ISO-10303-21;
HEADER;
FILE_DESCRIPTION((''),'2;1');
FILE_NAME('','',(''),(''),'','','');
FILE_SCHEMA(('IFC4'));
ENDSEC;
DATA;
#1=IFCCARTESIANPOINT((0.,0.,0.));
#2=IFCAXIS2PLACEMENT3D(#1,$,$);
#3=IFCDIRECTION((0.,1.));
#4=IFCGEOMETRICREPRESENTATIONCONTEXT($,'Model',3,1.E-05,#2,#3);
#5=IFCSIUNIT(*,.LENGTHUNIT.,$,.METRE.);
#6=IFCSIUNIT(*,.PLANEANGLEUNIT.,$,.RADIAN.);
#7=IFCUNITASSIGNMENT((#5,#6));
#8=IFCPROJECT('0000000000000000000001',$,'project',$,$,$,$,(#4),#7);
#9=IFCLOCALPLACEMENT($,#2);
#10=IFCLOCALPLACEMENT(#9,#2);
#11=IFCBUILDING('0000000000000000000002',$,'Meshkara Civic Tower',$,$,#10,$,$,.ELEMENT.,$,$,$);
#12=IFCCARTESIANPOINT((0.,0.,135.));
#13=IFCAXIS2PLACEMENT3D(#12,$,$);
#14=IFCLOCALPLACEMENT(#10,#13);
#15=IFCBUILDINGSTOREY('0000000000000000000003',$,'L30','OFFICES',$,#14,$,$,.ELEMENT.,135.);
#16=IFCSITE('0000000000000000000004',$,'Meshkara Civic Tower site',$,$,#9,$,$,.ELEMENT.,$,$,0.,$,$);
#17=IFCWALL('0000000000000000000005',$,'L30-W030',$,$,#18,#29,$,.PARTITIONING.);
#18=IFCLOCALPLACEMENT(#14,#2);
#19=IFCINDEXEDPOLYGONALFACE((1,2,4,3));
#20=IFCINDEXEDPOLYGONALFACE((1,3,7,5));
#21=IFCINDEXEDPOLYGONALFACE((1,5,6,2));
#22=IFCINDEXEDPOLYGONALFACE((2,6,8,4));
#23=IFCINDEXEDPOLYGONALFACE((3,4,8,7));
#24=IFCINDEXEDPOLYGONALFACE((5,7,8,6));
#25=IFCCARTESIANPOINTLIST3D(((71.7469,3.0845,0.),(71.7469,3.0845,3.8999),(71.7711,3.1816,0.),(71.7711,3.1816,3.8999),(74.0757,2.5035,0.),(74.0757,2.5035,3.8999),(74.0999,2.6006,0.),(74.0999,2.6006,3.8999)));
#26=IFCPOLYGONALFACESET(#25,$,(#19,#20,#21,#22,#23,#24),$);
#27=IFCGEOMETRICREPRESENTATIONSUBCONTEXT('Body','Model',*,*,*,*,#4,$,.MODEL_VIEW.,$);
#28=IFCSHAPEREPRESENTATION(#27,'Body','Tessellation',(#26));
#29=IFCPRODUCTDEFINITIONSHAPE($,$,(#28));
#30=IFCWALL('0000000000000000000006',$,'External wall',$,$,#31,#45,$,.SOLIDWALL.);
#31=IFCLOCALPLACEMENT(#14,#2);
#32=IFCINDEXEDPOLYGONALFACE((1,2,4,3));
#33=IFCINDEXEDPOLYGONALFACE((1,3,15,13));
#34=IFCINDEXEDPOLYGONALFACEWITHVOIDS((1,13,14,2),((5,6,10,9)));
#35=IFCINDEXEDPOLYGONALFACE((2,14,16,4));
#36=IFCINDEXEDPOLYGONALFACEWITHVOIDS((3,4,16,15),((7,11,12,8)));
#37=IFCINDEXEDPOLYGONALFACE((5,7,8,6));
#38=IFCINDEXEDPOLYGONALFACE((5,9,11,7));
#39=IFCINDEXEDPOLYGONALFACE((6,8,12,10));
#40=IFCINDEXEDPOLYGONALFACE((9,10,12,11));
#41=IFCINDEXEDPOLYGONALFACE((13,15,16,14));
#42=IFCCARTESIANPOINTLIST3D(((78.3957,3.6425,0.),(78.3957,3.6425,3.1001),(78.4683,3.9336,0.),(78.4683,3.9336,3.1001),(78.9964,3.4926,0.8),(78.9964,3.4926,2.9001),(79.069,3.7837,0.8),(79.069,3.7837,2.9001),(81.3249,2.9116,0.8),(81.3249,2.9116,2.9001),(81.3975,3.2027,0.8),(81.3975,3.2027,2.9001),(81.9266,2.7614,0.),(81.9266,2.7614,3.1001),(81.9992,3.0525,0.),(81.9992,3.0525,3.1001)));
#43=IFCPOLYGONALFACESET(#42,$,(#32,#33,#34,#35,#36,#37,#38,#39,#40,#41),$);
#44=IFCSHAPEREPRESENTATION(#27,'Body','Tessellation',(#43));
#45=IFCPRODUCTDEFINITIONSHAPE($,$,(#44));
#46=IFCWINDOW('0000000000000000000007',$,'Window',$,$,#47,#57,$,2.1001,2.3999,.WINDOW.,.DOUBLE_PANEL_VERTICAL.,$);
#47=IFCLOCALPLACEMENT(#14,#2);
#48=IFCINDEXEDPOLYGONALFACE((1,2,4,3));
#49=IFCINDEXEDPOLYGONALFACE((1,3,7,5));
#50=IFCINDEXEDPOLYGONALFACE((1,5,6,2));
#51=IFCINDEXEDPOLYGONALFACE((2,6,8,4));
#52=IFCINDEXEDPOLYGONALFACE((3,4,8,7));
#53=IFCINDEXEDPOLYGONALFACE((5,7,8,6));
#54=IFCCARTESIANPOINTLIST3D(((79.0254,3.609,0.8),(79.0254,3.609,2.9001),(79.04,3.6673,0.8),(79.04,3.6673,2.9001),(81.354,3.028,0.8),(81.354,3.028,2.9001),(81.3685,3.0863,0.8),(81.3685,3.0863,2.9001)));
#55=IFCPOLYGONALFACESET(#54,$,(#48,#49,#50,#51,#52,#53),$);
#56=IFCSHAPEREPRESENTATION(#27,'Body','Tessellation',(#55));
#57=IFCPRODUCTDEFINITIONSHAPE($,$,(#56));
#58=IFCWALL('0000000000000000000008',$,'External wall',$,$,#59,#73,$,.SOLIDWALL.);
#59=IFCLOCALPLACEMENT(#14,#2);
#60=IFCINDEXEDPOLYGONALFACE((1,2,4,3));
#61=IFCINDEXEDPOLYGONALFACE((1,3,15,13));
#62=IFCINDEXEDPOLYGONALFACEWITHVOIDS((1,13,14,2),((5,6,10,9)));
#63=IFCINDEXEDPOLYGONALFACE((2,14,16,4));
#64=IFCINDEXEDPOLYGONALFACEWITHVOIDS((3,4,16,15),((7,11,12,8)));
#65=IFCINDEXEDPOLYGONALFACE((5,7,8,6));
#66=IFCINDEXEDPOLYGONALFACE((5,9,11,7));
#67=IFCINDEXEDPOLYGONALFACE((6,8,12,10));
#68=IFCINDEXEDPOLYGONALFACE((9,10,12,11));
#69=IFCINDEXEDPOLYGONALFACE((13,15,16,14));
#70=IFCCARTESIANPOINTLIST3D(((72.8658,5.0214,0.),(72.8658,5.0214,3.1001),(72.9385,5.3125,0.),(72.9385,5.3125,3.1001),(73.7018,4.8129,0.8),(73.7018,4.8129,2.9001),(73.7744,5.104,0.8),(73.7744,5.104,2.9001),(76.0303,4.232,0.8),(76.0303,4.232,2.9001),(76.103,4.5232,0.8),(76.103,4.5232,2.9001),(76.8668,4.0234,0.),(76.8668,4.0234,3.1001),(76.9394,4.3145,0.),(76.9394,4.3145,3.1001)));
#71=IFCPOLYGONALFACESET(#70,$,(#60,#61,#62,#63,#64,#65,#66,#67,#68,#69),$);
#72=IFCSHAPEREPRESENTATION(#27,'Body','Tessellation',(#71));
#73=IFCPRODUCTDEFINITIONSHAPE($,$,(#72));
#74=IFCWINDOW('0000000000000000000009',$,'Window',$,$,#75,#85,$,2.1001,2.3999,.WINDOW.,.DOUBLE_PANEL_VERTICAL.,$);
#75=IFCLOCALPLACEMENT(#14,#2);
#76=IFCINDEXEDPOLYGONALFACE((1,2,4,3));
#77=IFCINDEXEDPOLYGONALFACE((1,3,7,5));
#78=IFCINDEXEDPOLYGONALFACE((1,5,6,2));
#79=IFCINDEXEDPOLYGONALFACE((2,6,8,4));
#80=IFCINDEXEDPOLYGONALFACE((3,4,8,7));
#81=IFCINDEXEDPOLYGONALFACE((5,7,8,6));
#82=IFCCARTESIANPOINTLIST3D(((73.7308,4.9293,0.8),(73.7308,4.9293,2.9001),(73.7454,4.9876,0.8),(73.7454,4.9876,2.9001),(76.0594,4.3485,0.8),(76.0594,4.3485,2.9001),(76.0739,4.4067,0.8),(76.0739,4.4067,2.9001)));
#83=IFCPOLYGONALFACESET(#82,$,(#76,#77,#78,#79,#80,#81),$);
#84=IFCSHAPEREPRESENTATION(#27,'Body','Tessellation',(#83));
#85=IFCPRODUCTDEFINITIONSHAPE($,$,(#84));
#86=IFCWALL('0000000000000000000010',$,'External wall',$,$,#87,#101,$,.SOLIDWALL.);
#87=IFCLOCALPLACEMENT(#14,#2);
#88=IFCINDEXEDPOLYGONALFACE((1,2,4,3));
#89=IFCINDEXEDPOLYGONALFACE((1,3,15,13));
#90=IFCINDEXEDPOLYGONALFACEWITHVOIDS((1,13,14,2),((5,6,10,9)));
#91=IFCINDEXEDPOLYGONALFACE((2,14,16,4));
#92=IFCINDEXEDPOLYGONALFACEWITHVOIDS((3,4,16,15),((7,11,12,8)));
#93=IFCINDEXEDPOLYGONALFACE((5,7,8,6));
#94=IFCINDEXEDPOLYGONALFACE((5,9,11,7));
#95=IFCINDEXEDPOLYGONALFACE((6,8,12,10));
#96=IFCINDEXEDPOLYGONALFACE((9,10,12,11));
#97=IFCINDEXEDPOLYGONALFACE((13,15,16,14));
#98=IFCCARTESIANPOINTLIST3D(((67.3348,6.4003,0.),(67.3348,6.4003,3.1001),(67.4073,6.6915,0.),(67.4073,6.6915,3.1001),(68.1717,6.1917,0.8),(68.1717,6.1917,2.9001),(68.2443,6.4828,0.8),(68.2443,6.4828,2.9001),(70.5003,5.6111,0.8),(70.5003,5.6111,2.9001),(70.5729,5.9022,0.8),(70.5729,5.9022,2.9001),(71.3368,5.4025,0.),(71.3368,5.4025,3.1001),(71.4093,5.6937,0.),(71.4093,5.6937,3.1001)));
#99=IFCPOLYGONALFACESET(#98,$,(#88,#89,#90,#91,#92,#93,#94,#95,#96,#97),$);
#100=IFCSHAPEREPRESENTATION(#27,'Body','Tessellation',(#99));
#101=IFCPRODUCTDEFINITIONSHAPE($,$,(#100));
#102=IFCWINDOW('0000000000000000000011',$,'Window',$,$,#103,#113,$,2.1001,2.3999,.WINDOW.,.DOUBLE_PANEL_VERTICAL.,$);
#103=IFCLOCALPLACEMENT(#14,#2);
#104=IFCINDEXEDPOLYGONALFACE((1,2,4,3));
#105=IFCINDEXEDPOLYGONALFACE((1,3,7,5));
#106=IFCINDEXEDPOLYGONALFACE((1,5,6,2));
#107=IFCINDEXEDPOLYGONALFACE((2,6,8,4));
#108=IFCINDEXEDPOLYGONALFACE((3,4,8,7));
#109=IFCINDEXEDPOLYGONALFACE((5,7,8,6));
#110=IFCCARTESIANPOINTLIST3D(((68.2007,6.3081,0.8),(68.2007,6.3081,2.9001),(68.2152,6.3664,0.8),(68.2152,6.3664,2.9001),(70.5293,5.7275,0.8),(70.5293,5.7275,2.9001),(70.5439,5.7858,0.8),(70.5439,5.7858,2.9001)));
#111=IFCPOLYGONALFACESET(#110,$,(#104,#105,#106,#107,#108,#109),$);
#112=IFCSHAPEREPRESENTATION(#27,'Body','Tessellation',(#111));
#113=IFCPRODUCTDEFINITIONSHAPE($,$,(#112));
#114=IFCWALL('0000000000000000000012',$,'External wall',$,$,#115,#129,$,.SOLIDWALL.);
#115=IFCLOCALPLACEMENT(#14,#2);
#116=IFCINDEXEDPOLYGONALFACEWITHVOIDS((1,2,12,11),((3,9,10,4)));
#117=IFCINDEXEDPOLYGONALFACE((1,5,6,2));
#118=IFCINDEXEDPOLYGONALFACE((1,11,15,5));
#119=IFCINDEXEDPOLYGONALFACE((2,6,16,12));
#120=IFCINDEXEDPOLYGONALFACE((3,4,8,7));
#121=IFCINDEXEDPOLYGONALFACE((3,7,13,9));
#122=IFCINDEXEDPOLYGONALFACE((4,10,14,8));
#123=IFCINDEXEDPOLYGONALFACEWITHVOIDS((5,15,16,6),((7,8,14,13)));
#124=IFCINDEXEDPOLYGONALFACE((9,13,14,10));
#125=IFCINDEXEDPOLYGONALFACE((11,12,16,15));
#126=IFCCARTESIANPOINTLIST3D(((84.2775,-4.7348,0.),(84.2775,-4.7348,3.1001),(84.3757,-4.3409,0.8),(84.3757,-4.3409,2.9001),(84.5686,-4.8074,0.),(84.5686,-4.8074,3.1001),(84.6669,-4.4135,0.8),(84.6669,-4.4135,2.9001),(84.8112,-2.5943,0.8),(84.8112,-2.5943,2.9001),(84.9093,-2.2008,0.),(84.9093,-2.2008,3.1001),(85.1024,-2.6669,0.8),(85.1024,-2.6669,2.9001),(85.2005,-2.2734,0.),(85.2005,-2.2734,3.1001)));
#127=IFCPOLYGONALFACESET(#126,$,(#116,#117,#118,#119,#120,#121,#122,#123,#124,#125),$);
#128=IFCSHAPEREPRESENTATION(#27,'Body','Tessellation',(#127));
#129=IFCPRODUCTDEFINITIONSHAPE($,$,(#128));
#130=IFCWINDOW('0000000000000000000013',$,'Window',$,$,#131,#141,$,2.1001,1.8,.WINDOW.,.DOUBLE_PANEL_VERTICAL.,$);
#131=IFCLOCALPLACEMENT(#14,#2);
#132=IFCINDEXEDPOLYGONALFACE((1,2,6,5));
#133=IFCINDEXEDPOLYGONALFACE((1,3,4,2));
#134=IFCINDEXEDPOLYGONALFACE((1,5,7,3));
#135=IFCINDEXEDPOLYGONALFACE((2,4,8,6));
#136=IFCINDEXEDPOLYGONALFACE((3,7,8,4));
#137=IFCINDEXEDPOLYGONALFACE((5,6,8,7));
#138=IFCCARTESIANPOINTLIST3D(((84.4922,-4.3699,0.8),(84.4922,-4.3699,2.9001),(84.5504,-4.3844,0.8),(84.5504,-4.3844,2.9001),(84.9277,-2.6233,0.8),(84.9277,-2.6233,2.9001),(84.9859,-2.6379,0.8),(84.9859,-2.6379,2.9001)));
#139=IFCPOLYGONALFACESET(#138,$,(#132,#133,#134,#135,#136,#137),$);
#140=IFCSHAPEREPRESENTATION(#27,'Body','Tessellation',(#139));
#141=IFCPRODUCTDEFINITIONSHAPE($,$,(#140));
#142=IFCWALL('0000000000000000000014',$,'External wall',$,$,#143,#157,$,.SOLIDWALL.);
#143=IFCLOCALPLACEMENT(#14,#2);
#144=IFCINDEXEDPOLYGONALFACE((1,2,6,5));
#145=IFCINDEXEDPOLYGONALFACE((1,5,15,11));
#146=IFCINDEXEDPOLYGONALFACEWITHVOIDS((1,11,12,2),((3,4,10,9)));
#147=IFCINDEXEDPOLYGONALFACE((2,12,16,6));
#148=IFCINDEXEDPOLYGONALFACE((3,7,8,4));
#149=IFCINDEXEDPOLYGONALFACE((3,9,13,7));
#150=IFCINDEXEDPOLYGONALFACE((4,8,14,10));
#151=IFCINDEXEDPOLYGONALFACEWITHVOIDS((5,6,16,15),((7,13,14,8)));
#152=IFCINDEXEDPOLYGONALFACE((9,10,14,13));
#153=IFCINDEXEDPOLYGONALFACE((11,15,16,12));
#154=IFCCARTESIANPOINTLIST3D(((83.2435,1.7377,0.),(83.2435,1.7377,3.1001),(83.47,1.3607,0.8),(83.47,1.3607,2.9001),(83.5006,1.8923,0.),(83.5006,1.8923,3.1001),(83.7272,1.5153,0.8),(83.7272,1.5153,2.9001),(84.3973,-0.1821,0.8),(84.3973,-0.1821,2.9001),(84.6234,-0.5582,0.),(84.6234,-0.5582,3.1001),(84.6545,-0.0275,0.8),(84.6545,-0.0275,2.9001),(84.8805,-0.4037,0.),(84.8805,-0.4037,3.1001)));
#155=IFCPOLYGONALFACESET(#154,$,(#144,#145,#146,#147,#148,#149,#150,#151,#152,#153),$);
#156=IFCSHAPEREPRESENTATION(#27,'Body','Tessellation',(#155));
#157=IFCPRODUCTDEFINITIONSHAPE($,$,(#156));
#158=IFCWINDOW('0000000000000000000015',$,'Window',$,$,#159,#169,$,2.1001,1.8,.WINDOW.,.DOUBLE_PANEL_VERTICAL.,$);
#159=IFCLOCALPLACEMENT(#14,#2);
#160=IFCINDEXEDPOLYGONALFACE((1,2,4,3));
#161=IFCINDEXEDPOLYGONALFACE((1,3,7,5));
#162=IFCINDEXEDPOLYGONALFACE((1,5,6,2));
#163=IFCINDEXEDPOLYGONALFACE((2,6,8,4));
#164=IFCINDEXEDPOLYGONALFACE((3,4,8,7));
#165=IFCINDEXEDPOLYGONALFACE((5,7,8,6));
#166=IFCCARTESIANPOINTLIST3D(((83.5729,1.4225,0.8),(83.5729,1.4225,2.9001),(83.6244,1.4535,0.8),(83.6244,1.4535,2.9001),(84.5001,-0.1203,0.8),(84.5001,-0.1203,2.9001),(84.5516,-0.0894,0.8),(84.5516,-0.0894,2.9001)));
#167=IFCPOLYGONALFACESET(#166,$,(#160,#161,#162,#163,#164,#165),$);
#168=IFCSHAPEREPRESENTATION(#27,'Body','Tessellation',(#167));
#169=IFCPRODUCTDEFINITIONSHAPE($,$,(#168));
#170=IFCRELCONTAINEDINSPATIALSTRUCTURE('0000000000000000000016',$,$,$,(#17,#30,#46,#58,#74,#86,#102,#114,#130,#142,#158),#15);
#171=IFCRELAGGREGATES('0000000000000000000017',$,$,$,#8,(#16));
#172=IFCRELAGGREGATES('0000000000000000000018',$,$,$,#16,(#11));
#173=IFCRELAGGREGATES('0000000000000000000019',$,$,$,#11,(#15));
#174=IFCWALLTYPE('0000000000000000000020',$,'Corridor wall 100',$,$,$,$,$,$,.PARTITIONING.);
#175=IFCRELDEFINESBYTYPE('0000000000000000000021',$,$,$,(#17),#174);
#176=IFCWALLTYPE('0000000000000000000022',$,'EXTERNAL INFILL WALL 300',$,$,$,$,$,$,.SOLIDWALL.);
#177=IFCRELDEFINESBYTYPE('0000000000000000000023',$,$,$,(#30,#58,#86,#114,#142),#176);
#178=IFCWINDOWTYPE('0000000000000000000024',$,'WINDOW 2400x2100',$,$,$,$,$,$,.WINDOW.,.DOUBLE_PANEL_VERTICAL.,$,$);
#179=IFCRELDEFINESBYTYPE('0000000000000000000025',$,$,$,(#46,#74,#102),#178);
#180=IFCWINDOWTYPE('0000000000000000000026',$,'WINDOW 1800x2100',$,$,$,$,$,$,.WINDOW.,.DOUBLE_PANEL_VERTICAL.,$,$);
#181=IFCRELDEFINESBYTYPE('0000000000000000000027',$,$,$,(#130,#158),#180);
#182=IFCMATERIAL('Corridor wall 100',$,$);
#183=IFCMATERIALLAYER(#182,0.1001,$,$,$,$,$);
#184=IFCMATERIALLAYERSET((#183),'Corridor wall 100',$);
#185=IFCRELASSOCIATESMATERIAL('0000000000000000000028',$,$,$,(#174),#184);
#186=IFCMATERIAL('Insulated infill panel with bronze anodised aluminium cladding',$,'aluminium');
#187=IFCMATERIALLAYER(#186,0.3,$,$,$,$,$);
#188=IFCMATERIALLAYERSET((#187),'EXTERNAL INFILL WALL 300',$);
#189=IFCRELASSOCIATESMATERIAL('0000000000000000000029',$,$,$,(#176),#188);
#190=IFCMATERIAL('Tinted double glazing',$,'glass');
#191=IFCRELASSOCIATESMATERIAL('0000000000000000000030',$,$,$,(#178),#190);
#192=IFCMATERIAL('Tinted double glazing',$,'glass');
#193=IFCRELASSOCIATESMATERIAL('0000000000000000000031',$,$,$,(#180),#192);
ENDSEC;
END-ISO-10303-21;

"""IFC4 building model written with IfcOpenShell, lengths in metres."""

from ifc_helpers import new_model, si_unit, direction, frame, frame_2d, origin, place, context, subcontext, project, spatial, rectangle, extrude, material, layer, layer_set, type_object, element, fill, save


model = new_model("IFC4")

# Units and contexts
model_context = context("Model", 3, precision=1e-05, world=origin(), true_north=direction((0.0, 1.0)))
body_context = subcontext(model_context, "Body", "Model", "MODEL_VIEW")
ifc_project = project(units=[si_unit("LENGTHUNIT", "METRE"), si_unit("PLANEANGLEUNIT", "RADIAN")], contexts=[model_context])

# Site, building, storey
site_placement = place(None, origin())
site = spatial("IfcSite", under=ifc_project, at=site_placement, Name="Meshkara Civic Tower site", CompositionType="ELEMENT", RefElevation=0.0)
building_placement = place(site_placement, origin())
building = spatial("IfcBuilding", under=site, at=building_placement, Name="Meshkara Civic Tower", CompositionType="ELEMENT")
storey_placement = place(building_placement, frame((0.0, 0.0, 135.0)))
storey = spatial("IfcBuildingStorey", under=building, at=storey_placement, Name="L30", Description="OFFICES", CompositionType="ELEMENT", Elevation=135.0)

# Shared definitions
ifc_material_1 = material(Name="Corridor wall 100")
ifc_layer_1 = layer(ifc_material_1, 0.1001)
ifc_layer_set_1 = layer_set([ifc_layer_1], Name="Corridor wall 100")
wall_type_1 = type_object("IfcWallType", Name="Corridor wall 100", PredefinedType="PARTITIONING", material=ifc_layer_set_1)

# Wall
wall_1_placement = place(storey_placement, frame((74.0879, 2.552, 0.0), z_axis=(0.0, 0.0, 1.0), x_axis=(-0.970256, 0.242081, 0.0)))
element("IfcWall", 1, at=wall_1_placement, inside=storey, type_object=wall_type_1, Name="L30-W030", PredefinedType="PARTITIONING", context=body_context, shape_type="SweptSolid", body=[
    extrude(rectangle(XDim=2.4001, YDim=0.1001, at=frame_2d((1.2002, 0.0))), origin(), (0.0, 0.0, 1.0), 3.8999),
])

# Walls, openings, windows
ifc_material_2 = material(Name="Insulated infill panel with bronze anodised aluminium cladding", Category="aluminium")
ifc_layer_2 = layer(ifc_material_2, 0.3)
ifc_layer_set_2 = layer_set([ifc_layer_2], Name="EXTERNAL INFILL WALL 300")
wall_type_2 = type_object("IfcWallType", Name="EXTERNAL INFILL WALL 300", PredefinedType="SOLIDWALL", material=ifc_layer_set_2)
wall_2_placement = place(storey_placement, frame((81.9629, 2.907, 0.0), z_axis=(0.0, 0.0, 1.0), x_axis=(-0.970249, 0.242109, 0.0)))
wall_2 = element("IfcWall", 2, at=wall_2_placement, inside=storey, type_object=wall_type_2, Name="External wall", PredefinedType="SOLIDWALL", context=body_context, shape_type="SweptSolid", body=[
    extrude(rectangle(XDim=3.6392, YDim=0.3, at=frame_2d((1.8196, 0.0))), origin(), (0.0, 0.0, 1.0), 3.1001),
])
opening_1_placement = place(wall_2_placement, frame((0.6201, 0.0, 0.8)))
opening_1 = element("IfcOpeningElement", 3, at=opening_1_placement, cuts=wall_2, PredefinedType="OPENING", context=body_context, shape_type="SweptSolid", body=[
    extrude(rectangle(XDim=2.3999, YDim=2.1001, at=frame_2d((1.2, 1.05))), frame((0.0, 0.1599, 0.0), z_axis=(0.0, -1.0, 0.0), x_axis=(1.0, 0.0, 0.0)), (0.0, 0.0, 1.0), 0.3201),
])
ifc_material_3 = material(Name="Tinted double glazing", Category="glass")
window_type_1 = type_object("IfcWindowType", Name="WINDOW 2400x2100", PartitioningType="DOUBLE_PANEL_VERTICAL", PredefinedType="WINDOW", material=ifc_material_3)
window_1_placement = place(opening_1_placement, origin())
window_1 = element("IfcWindow", 4, at=window_1_placement, inside=storey, type_object=window_type_1, Name="Window", OverallHeight=2.1001, OverallWidth=2.3999, PartitioningType="DOUBLE_PANEL_VERTICAL", PredefinedType="WINDOW", context=body_context, shape_type="SweptSolid", body=[
    extrude(rectangle(XDim=2.3999, YDim=2.1001, at=frame_2d((1.2, 1.05))), frame((0.0, 0.03, 0.0), z_axis=(0.0, -1.0, 0.0), x_axis=(1.0, 0.0, 0.0)), (0.0, 0.0, 1.0), 0.0601),
])
fill(opening_1, window_1)
wall_3_placement = place(storey_placement, frame((76.9031, 4.1689, 0.0), z_axis=(0.0, 0.0, 1.0), x_axis=(-0.970268, 0.242034, 0.0)))
wall_3 = element("IfcWall", 5, at=wall_3_placement, inside=storey, type_object=wall_type_2, Name="External wall", PredefinedType="SOLIDWALL", context=body_context, shape_type="SweptSolid", body=[
    extrude(rectangle(XDim=4.1235, YDim=0.3, at=frame_2d((2.0618, 0.0))), origin(), (0.0, 0.0, 1.0), 3.1001),
])
opening_2_placement = place(wall_3_placement, frame((0.8621, 0.0, 0.8)))
opening_2 = element("IfcOpeningElement", 6, at=opening_2_placement, cuts=wall_3, PredefinedType="OPENING", context=body_context, shape_type="SweptSolid", body=[
    extrude(rectangle(XDim=2.3999, YDim=2.1001, at=frame_2d((1.2, 1.05))), frame((0.0, 0.1599, 0.0), z_axis=(0.0, -1.0, 0.0), x_axis=(1.0, 0.0, 0.0)), (0.0, 0.0, 1.0), 0.3201),
])
window_2_placement = place(opening_2_placement, origin())
window_2 = element("IfcWindow", 7, at=window_2_placement, inside=storey, type_object=window_type_1, Name="Window", OverallHeight=2.1001, OverallWidth=2.3999, PartitioningType="DOUBLE_PANEL_VERTICAL", PredefinedType="WINDOW", context=body_context, shape_type="SweptSolid", body=[
    extrude(rectangle(XDim=2.3999, YDim=2.1001, at=frame_2d((1.2, 1.05))), frame((0.0, 0.03, 0.0), z_axis=(0.0, -1.0, 0.0), x_axis=(1.0, 0.0, 0.0)), (0.0, 0.0, 1.0), 0.0601),
])
fill(opening_2, window_2)
wall_4_placement = place(storey_placement, frame((71.373, 5.5481, 0.0), z_axis=(0.0, 0.0, 1.0), x_axis=(-0.970296, 0.241923, 0.0)))
wall_4 = element("IfcWall", 8, at=wall_4_placement, inside=storey, type_object=wall_type_2, Name="External wall", PredefinedType="SOLIDWALL", context=body_context, shape_type="SweptSolid", body=[
    extrude(rectangle(XDim=4.1245, YDim=0.3, at=frame_2d((2.0623, 0.0))), origin(), (0.0, 0.0, 1.0), 3.1001),
])
opening_3_placement = place(wall_4_placement, frame((0.8621, 0.0, 0.8)))
opening_3 = element("IfcOpeningElement", 9, at=opening_3_placement, cuts=wall_4, PredefinedType="OPENING", context=body_context, shape_type="SweptSolid", body=[
    extrude(rectangle(XDim=2.3999, YDim=2.1001, at=frame_2d((1.2, 1.05))), frame((0.0, 0.1599, 0.0), z_axis=(0.0, -1.0, 0.0), x_axis=(1.0, 0.0, 0.0)), (0.0, 0.0, 1.0), 0.3201),
])
window_3_placement = place(opening_3_placement, origin())
window_3 = element("IfcWindow", 10, at=window_3_placement, inside=storey, type_object=window_type_1, Name="Window", OverallHeight=2.1001, OverallWidth=2.3999, PartitioningType="DOUBLE_PANEL_VERTICAL", PredefinedType="WINDOW", context=body_context, shape_type="SweptSolid", body=[
    extrude(rectangle(XDim=2.3999, YDim=2.1001, at=frame_2d((1.2, 1.05))), frame((0.0, 0.03, 0.0), z_axis=(0.0, -1.0, 0.0), x_axis=(1.0, 0.0, 0.0)), (0.0, 0.0, 1.0), 0.0601),
])
fill(opening_3, window_3)
wall_5_placement = place(storey_placement, frame((84.4231, -4.771, 0.0), z_axis=(0.0, 0.0, 1.0), x_axis=(0.241942, 0.970291, 0.0)))
wall_5 = element("IfcWall", 11, at=wall_5_placement, inside=storey, type_object=wall_type_2, Name="External wall", PredefinedType="SOLIDWALL", context=body_context, shape_type="SweptSolid", body=[
    extrude(rectangle(XDim=2.6116, YDim=0.3, at=frame_2d((1.3057, 0.0))), origin(), (0.0, 0.0, 1.0), 3.1001),
])
opening_4_placement = place(wall_5_placement, frame((0.406, 0.0, 0.8)))
opening_4 = element("IfcOpeningElement", 12, at=opening_4_placement, cuts=wall_5, PredefinedType="OPENING", context=body_context, shape_type="SweptSolid", body=[
    extrude(rectangle(XDim=1.8, YDim=2.1001, at=frame_2d((0.8999, 1.05))), frame((0.0, 0.1599, 0.0), z_axis=(0.0, -1.0, 0.0), x_axis=(1.0, 0.0, 0.0)), (0.0, 0.0, 1.0), 0.3201),
])
ifc_material_4 = material(Name="Tinted double glazing", Category="glass")
window_type_2 = type_object("IfcWindowType", Name="WINDOW 1800x2100", PartitioningType="DOUBLE_PANEL_VERTICAL", PredefinedType="WINDOW", material=ifc_material_4)
window_4_placement = place(opening_4_placement, origin())
window_4 = element("IfcWindow", 13, at=window_4_placement, inside=storey, type_object=window_type_2, Name="Window", OverallHeight=2.1001, OverallWidth=1.8, PartitioningType="DOUBLE_PANEL_VERTICAL", PredefinedType="WINDOW", context=body_context, shape_type="SweptSolid", body=[
    extrude(rectangle(XDim=1.8, YDim=2.1001, at=frame_2d((0.8999, 1.05))), frame((0.0, 0.03, 0.0), z_axis=(0.0, -1.0, 0.0), x_axis=(1.0, 0.0, 0.0)), (0.0, 0.0, 1.0), 0.0601),
])
fill(opening_4, window_4)
wall_6_placement = place(storey_placement, frame((84.752, -0.481, 0.0), z_axis=(0.0, 0.0, 1.0), x_axis=(-0.515139, 0.857107, 0.0)))
wall_6 = element("IfcWall", 14, at=wall_6_placement, inside=storey, type_object=wall_type_2, Name="External wall", PredefinedType="SOLIDWALL", context=body_context, shape_type="SweptSolid", body=[
    extrude(rectangle(XDim=2.6787, YDim=0.3, at=frame_2d((1.3394, 0.0))), origin(), (0.0, 0.0, 1.0), 3.1001),
])
opening_5_placement = place(wall_6_placement, frame((0.439, 0.0, 0.8)))
opening_5 = element("IfcOpeningElement", 15, at=opening_5_placement, cuts=wall_6, PredefinedType="OPENING", context=body_context, shape_type="SweptSolid", body=[
    extrude(rectangle(XDim=1.8, YDim=2.1001, at=frame_2d((0.8999, 1.05))), frame((0.0, 0.1599, 0.0), z_axis=(0.0, -1.0, 0.0), x_axis=(1.0, 0.0, 0.0)), (0.0, 0.0, 1.0), 0.3201),
])
window_5_placement = place(opening_5_placement, origin())
window_5 = element("IfcWindow", 16, at=window_5_placement, inside=storey, type_object=window_type_2, Name="Window", OverallHeight=2.1001, OverallWidth=1.8, PartitioningType="DOUBLE_PANEL_VERTICAL", PredefinedType="WINDOW", context=body_context, shape_type="SweptSolid", body=[
    extrude(rectangle(XDim=1.8, YDim=2.1001, at=frame_2d((0.8999, 1.05))), frame((0.0, 0.03, 0.0), z_axis=(0.0, -1.0, 0.0), x_axis=(1.0, 0.0, 0.0)), (0.0, 0.0, 1.0), 0.0601),
])
fill(opening_5, window_5)

save(model, "model.ifc")
